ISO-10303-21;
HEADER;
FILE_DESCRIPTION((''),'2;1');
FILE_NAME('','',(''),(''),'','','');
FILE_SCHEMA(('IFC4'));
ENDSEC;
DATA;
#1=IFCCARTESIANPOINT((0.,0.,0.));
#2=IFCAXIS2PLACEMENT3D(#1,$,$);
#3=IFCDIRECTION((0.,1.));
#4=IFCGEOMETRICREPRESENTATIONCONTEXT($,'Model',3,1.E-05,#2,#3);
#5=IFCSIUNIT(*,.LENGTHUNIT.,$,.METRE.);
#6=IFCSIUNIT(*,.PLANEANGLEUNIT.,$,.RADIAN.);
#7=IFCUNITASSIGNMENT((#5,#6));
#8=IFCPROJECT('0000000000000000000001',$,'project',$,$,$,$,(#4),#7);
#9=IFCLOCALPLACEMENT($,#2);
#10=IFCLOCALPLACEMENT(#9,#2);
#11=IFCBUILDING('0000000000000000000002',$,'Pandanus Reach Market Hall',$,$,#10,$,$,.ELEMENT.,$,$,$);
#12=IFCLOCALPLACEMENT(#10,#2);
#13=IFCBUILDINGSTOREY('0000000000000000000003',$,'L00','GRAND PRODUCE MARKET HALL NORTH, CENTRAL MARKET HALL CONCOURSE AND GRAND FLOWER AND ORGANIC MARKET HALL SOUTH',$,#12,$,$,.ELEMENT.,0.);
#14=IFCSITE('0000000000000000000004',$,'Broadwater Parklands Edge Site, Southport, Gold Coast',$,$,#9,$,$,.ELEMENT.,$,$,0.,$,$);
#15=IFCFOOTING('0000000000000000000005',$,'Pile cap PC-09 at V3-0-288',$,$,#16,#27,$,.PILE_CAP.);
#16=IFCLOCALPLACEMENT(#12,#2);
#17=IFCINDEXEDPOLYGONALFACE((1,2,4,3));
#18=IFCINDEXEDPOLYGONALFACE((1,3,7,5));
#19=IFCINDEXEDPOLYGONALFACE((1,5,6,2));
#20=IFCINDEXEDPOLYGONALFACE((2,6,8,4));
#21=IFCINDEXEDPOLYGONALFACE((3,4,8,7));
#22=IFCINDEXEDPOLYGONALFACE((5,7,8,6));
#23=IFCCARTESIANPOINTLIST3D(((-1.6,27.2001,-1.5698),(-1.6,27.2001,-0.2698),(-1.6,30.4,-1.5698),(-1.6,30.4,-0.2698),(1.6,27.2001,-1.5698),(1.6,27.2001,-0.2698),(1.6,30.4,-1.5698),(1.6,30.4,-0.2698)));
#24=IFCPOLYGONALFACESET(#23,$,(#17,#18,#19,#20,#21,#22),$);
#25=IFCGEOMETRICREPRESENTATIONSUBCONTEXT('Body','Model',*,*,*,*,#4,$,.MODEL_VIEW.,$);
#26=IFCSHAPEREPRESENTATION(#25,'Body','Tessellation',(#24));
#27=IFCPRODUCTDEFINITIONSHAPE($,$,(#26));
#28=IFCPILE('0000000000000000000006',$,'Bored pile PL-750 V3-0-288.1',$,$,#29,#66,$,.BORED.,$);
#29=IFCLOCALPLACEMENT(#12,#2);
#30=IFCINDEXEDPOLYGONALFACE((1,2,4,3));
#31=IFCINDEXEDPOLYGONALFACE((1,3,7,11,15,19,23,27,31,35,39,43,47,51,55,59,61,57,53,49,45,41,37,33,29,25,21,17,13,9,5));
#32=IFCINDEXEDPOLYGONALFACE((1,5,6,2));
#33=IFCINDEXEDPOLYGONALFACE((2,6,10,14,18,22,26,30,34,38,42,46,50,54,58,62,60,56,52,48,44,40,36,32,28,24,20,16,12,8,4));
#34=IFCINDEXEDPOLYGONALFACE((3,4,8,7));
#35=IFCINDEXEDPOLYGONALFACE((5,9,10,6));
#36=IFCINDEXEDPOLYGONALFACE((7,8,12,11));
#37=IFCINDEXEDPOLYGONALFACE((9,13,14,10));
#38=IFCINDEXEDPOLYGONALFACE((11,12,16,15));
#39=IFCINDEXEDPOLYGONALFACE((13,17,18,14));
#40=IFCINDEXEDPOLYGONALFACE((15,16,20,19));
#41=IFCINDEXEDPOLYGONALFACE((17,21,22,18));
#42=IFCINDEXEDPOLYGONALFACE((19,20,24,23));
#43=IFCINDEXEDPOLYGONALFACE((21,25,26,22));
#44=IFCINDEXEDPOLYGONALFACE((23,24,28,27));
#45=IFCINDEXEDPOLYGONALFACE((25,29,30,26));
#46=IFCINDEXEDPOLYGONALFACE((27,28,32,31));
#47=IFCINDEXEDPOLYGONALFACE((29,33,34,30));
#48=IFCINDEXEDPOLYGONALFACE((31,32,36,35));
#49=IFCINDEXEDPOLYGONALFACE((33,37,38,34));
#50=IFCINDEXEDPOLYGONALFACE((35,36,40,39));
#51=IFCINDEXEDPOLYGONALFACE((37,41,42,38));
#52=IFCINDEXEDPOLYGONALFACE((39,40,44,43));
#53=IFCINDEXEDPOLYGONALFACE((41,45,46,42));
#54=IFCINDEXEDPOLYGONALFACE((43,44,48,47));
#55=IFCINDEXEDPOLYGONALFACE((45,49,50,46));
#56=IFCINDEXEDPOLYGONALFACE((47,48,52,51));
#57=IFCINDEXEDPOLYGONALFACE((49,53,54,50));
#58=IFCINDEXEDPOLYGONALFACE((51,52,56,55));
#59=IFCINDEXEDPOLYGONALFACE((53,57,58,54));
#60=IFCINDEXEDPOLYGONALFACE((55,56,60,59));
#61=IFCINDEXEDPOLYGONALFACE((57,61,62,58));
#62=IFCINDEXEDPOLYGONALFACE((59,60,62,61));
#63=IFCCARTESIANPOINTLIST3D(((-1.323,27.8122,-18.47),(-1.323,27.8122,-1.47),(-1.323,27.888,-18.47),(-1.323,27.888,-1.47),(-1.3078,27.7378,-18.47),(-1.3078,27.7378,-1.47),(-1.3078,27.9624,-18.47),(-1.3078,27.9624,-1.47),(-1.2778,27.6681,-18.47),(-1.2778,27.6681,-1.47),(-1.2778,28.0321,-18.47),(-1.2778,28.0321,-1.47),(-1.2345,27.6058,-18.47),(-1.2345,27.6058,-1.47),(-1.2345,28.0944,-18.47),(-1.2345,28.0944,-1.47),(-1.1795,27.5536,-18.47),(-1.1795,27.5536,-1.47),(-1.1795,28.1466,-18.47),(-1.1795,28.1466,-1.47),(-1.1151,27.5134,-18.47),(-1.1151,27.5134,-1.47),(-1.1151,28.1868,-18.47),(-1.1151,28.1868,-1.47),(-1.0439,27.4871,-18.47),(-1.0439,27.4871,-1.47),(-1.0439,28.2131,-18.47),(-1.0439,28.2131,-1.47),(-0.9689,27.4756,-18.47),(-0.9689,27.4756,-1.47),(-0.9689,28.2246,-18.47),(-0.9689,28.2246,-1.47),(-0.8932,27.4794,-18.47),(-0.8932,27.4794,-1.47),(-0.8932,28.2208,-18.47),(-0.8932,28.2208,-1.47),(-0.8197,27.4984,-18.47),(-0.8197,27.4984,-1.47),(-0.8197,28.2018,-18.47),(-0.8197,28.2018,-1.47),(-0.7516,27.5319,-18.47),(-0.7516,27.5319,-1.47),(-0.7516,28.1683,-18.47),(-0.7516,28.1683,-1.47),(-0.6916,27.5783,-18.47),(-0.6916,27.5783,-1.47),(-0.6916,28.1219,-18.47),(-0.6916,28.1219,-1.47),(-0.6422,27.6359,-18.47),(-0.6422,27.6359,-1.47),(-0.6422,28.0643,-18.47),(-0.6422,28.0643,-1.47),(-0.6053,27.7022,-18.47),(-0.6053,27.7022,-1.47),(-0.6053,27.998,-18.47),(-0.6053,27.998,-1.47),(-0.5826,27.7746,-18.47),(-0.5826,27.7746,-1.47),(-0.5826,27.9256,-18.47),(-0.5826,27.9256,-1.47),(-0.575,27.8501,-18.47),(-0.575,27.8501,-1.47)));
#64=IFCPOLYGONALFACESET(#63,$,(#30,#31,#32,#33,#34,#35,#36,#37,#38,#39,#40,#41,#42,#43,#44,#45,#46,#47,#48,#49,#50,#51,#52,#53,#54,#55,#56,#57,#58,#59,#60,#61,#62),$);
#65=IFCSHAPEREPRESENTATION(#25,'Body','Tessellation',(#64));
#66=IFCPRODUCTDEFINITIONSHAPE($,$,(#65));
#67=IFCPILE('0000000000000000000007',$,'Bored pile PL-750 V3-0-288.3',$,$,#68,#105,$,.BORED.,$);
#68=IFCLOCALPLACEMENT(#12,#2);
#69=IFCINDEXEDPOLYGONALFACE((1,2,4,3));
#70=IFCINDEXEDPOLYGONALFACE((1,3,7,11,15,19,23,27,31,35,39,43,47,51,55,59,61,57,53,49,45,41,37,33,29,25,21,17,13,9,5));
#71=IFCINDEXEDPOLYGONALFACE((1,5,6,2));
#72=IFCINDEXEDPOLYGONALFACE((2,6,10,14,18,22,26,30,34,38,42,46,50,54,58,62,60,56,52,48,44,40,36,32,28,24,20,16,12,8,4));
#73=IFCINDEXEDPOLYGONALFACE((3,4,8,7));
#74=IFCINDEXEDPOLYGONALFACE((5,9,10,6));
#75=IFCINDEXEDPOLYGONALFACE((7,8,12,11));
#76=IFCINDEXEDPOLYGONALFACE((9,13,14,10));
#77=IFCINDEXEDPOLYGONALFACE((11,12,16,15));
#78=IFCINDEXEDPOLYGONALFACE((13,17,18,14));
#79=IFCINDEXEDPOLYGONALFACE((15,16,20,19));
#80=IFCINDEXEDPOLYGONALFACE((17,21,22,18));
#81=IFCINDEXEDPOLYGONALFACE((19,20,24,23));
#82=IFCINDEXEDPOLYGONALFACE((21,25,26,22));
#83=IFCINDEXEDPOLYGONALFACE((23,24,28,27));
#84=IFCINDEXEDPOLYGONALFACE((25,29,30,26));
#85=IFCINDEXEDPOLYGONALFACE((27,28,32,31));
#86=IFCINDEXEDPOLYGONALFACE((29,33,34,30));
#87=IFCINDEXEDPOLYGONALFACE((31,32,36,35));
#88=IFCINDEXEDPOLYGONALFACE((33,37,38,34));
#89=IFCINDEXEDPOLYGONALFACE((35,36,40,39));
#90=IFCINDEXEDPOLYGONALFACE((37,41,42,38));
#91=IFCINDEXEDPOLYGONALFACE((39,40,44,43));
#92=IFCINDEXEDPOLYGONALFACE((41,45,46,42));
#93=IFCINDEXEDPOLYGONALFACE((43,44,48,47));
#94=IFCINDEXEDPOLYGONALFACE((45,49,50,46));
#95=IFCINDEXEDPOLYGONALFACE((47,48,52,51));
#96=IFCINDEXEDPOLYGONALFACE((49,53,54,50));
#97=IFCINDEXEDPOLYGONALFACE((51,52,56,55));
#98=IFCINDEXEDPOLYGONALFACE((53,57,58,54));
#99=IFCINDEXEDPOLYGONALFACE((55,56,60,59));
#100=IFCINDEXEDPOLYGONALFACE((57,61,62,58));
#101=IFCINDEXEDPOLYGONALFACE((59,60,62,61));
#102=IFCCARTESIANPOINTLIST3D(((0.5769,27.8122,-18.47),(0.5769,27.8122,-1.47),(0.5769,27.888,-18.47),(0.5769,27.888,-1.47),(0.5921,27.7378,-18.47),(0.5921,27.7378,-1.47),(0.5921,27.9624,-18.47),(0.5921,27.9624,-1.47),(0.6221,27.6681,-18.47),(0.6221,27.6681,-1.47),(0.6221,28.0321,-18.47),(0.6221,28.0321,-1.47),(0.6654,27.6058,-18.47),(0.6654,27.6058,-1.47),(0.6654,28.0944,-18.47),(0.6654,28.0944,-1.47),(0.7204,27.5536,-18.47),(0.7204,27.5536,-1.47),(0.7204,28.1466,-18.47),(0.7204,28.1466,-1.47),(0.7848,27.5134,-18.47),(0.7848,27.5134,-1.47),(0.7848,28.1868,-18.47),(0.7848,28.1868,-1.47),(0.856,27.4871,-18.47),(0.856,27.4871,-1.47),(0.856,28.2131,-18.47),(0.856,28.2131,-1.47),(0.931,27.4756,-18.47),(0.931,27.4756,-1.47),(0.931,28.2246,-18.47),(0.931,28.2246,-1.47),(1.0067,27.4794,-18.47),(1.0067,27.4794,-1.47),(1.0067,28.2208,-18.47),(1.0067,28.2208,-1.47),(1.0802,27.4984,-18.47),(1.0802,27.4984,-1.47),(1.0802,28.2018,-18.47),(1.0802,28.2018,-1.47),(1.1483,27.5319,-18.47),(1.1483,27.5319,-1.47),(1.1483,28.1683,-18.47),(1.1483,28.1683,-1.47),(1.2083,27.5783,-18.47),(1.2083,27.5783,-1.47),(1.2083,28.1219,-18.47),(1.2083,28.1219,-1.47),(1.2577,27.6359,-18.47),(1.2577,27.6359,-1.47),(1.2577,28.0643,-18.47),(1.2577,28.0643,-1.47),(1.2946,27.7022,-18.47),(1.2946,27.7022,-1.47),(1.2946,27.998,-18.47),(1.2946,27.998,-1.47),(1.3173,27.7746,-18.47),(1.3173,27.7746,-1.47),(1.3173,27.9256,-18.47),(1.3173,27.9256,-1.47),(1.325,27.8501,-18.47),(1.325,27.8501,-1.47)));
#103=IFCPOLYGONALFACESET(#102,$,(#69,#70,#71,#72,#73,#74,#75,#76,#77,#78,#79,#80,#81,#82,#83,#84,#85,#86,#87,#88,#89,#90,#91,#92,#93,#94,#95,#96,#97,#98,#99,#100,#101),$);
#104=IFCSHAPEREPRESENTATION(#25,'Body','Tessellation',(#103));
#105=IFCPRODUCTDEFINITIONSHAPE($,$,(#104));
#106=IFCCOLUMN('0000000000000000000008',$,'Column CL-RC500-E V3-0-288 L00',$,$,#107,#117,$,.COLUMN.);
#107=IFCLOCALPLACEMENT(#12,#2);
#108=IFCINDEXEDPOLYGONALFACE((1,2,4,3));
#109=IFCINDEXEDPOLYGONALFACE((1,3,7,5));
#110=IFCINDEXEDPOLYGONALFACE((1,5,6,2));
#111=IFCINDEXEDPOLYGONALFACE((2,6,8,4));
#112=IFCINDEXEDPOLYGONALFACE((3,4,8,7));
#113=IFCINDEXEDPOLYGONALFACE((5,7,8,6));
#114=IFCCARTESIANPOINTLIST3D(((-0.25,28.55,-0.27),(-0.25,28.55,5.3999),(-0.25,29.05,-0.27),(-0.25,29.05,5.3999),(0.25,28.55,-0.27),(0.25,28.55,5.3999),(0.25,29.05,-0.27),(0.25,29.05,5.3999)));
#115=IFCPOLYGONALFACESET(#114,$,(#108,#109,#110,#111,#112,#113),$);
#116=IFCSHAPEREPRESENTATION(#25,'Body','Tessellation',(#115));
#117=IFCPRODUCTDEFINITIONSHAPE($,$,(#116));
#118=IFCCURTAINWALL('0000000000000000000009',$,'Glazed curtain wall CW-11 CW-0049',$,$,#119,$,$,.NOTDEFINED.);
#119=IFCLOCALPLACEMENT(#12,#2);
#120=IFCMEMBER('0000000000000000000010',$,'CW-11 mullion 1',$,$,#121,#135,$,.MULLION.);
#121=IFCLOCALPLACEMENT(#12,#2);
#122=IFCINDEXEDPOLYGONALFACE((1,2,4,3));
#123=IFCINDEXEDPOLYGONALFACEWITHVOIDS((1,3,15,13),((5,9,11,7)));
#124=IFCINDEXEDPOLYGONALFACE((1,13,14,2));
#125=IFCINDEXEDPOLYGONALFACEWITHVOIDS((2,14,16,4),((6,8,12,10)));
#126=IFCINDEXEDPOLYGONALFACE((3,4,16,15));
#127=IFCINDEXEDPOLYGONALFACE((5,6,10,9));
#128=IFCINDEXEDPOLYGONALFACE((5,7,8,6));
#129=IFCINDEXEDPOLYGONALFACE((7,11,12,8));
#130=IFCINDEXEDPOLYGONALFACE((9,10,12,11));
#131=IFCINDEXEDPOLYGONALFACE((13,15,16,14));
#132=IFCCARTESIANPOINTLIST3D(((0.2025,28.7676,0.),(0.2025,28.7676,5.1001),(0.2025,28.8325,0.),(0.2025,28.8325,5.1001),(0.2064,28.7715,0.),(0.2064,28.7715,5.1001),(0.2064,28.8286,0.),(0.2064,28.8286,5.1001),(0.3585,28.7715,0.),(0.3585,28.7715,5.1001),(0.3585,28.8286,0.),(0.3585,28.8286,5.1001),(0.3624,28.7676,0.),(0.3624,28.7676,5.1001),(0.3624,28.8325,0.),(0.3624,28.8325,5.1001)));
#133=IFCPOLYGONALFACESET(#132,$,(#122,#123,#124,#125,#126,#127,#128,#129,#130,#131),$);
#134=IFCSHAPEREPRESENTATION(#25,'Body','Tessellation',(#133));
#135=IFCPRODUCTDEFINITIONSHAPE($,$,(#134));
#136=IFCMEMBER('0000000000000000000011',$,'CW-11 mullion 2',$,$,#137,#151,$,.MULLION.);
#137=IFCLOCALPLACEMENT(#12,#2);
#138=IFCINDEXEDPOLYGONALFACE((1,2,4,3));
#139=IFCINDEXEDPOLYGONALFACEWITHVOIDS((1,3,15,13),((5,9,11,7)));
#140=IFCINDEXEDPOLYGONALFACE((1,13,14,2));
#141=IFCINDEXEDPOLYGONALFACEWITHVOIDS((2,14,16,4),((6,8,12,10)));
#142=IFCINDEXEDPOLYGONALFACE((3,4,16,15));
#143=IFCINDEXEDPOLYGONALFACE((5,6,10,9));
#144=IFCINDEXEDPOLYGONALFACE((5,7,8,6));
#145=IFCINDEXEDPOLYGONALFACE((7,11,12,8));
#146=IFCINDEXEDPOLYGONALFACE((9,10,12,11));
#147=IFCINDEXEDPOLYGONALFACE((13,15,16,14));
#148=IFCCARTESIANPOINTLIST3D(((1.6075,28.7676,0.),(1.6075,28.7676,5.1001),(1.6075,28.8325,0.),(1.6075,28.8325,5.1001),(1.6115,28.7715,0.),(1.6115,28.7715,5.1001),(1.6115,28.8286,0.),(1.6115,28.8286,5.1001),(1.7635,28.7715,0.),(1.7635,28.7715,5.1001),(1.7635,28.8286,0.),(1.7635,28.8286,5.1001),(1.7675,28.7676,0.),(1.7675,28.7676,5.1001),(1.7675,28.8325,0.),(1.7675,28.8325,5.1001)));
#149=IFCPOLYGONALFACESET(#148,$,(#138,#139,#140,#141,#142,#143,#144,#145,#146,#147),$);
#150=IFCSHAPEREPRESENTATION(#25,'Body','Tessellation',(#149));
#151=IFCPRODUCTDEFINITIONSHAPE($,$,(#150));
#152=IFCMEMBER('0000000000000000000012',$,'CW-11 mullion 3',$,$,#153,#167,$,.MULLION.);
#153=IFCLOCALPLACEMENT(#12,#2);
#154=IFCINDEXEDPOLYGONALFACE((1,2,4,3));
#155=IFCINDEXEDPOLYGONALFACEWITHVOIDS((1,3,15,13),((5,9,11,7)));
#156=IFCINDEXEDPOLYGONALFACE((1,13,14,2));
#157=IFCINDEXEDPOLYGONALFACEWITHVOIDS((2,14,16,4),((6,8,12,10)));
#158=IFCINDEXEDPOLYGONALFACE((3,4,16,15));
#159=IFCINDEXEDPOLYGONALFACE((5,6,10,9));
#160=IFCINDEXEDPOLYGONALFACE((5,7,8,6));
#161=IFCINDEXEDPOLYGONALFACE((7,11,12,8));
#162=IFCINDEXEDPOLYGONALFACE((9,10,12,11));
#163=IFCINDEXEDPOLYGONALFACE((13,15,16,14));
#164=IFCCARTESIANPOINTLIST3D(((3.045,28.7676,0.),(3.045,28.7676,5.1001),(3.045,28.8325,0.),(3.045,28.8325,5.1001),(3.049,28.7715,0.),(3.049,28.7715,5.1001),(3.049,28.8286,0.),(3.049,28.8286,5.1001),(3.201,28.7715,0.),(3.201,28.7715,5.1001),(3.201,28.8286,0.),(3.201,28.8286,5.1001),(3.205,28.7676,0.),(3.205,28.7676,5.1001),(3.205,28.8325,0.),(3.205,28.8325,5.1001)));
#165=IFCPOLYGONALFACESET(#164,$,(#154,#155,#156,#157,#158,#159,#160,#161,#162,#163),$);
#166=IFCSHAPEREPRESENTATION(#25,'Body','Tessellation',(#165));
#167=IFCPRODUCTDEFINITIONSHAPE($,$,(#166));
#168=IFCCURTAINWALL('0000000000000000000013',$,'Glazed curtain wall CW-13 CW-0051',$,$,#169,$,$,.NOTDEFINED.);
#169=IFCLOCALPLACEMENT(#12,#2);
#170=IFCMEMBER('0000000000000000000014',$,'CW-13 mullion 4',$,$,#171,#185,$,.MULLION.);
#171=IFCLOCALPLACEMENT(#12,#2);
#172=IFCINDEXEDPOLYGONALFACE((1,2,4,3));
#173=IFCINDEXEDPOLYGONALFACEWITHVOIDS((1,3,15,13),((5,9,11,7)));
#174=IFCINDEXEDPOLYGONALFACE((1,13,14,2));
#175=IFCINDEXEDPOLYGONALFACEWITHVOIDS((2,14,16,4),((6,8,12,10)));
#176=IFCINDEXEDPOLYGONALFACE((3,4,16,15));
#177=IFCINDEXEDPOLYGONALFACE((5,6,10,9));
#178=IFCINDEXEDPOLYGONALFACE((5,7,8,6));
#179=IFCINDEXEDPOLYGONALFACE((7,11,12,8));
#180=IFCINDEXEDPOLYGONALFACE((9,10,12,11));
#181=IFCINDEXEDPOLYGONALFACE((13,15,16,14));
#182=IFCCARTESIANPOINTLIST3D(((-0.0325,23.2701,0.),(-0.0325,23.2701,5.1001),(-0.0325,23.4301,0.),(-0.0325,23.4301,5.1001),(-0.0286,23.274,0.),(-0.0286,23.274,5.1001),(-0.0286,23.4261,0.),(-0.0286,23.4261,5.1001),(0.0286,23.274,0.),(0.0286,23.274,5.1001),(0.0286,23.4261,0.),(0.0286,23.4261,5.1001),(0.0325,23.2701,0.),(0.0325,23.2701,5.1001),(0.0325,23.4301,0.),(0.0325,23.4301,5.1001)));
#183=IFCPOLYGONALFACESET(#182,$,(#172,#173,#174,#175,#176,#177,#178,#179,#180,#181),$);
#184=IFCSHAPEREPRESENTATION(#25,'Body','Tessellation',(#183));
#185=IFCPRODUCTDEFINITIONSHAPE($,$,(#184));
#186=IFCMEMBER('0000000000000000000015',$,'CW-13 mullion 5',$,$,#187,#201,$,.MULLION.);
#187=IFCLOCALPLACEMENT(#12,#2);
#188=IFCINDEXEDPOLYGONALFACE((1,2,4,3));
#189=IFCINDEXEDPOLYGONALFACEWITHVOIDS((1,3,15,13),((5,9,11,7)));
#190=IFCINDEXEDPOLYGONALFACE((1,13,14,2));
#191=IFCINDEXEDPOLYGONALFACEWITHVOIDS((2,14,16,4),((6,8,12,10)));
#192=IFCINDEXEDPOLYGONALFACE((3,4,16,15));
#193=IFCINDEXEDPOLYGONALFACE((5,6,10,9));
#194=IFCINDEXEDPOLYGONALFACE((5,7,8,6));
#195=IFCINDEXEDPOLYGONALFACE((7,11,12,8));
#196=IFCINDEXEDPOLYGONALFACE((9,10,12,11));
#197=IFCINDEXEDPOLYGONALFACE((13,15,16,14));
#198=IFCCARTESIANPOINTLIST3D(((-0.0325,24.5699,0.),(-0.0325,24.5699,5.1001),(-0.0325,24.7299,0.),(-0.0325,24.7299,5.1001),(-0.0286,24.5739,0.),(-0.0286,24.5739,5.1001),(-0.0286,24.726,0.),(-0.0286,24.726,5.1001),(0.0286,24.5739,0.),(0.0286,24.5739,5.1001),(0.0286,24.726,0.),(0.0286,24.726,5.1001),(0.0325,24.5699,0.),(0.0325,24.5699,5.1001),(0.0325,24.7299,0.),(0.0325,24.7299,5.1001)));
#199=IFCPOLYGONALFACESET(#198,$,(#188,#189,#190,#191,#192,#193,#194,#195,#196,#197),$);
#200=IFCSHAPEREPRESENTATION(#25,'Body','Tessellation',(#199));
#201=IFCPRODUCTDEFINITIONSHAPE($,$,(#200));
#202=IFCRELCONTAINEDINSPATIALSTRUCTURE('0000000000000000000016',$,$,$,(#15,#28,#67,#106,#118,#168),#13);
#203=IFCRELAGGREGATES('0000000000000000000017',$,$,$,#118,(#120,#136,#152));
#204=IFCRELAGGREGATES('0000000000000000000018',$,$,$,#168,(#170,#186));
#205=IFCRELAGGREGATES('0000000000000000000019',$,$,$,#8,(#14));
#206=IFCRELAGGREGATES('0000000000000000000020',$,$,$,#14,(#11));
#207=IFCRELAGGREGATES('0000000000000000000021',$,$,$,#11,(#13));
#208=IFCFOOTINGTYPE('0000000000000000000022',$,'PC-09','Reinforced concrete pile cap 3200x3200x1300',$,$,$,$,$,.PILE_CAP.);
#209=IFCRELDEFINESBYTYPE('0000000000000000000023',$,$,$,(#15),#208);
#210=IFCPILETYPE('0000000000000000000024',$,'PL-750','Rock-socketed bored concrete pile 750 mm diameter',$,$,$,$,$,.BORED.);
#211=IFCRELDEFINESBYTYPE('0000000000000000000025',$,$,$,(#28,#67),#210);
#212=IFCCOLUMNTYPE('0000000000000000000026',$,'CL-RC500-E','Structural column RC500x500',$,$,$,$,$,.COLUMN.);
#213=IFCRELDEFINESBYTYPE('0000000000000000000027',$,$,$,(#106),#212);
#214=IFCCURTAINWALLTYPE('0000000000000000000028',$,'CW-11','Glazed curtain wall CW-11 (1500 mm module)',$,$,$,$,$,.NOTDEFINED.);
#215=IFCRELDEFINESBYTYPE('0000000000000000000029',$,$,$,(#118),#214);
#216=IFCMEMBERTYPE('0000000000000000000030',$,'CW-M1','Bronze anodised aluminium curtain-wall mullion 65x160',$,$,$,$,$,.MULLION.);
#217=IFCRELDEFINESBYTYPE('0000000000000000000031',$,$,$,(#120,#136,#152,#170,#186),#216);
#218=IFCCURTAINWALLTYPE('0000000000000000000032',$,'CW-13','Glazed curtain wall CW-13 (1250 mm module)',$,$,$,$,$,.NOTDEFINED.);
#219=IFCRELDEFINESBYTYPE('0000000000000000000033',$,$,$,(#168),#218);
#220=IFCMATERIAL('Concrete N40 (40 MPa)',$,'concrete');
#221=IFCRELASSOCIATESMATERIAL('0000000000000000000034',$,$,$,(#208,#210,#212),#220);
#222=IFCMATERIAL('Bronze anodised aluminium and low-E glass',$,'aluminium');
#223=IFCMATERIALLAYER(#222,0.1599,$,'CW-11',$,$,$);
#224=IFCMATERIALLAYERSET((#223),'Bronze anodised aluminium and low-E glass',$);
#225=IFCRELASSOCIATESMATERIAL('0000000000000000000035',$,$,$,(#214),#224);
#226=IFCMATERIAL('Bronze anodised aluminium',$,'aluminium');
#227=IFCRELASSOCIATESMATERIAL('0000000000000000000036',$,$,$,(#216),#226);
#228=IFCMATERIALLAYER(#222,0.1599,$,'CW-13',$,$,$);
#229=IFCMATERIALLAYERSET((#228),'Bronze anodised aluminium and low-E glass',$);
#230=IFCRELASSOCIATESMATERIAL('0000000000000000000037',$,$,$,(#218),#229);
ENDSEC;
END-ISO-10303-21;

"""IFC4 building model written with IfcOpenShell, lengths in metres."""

from ifc_helpers import new_model, si_unit, direction, frame, origin, origin_2d, place, context, subcontext, project, spatial, rectangle, hollow_rectangle, circle, extrude, material, layer, layer_set, material_profile, profile_set, type_object, element, aggregate, save


model = new_model("IFC4")

# Units and contexts
model_context = context("Model", 3, precision=1e-05, world=origin(), true_north=direction((0.0, 1.0)))
body_context = subcontext(model_context, "Body", "Model", "MODEL_VIEW")
ifc_project = project(units=[si_unit("LENGTHUNIT", "METRE"), si_unit("PLANEANGLEUNIT", "RADIAN")], contexts=[model_context])

# Site, building, storey
site_placement = place(None, origin())
site = spatial("IfcSite", under=ifc_project, at=site_placement, Name="Broadwater Parklands Edge Site, Southport, Gold Coast", CompositionType="ELEMENT", RefElevation=0.0)
building_placement = place(site_placement, origin())
building = spatial("IfcBuilding", under=site, at=building_placement, Name="Pandanus Reach Market Hall", CompositionType="ELEMENT")
storey_placement = place(building_placement, origin())
storey = spatial("IfcBuildingStorey", under=building, at=storey_placement, Name="L00", Description="GRAND PRODUCE MARKET HALL NORTH, CENTRAL MARKET HALL CONCOURSE AND GRAND FLOWER AND ORGANIC MARKET HALL SOUTH", CompositionType="ELEMENT", Elevation=0.0)

# Footing
ifc_material_1 = material(Name="Concrete N40 (40 MPa)", Category="concrete")
footing_type = type_object("IfcFootingType", Name="PC-09", Description="Reinforced concrete pile cap 3200x3200x1300", PredefinedType="PILE_CAP", material=ifc_material_1)
footing_placement = place(storey_placement, frame((0.0, 28.8, -1.5698), z_axis=(0.0, 0.0, 1.0), x_axis=(1.0, 0.0, 0.0)))
element("IfcFooting", 1, at=footing_placement, inside=storey, type_object=footing_type, Name="Pile cap PC-09 at V3-0-288", PredefinedType="PILE_CAP", context=body_context, shape_type="SweptSolid", body=[
    extrude(rectangle(XDim=3.2, YDim=3.2, at=origin_2d()), origin(), (0.0, 0.0, 1.0), 1.3),
])

# Piles
ifc_material_profile_1 = material_profile(ifc_material_1, circle(Radius=0.375, at=origin_2d()), Name="PILE-750D", Category="LoadBearing")
ifc_profile_set_1 = profile_set([ifc_material_profile_1], Name="Concrete N40 (40 MPa)")
pile_type = type_object("IfcPileType", Name="PL-750", Description="Rock-socketed bored concrete pile 750 mm diameter", PredefinedType="BORED", material=ifc_profile_set_1)
for number, where, z_axis, x_axis, name in (
    (2, (-0.95, 27.8501, -1.47), (0.0, 0.0, -1.0), (1.0, 0.0, 0.0), "Bored pile PL-750 V3-0-288.1"),
    (3, (0.95, 27.8501, -1.47), (0.0, 0.0, -1.0), (1.0, 0.0, 0.0), "Bored pile PL-750 V3-0-288.3"),
):
    element("IfcPile", number, at=place(storey_placement, frame(where, z_axis=z_axis, x_axis=x_axis)), inside=storey, type_object=pile_type, Name=name, PredefinedType="BORED", context=body_context, shape_type="SweptSolid", body=[
        extrude(circle(Radius=0.375, at=origin_2d()), origin(), (0.0, 0.0, 1.0), 17.0),
    ])

# Column
ifc_material_profile_2 = material_profile(ifc_material_1, rectangle(XDim=0.5, YDim=0.5, at=origin_2d()), Name="RC500x500", Category="LoadBearing")
ifc_profile_set_2 = profile_set([ifc_material_profile_2], Name="Concrete N40 (40 MPa)")
column_type = type_object("IfcColumnType", Name="CL-RC500-E", Description="Structural column RC500x500", PredefinedType="COLUMN", material=ifc_profile_set_2)
column_placement = place(storey_placement, frame((0.0, 28.8, -0.27), z_axis=(0.0, 0.0, 1.0), x_axis=(1.0, 0.0, 0.0)))
element("IfcColumn", 4, at=column_placement, inside=storey, type_object=column_type, Name="Column CL-RC500-E V3-0-288 L00", PredefinedType="COLUMN", context=body_context, shape_type="SweptSolid", body=[
    extrude(rectangle(XDim=0.5, YDim=0.5, at=origin_2d()), origin(), (0.0, 0.0, 1.0), 5.6699),
])

# Curtain walls, members
ifc_material_2 = material(Name="Bronze anodised aluminium and low-E glass", Category="aluminium")
ifc_layer_1 = layer(ifc_material_2, 0.1599, Name="CW-11")
ifc_layer_set_1 = layer_set([ifc_layer_1], Name="Bronze anodised aluminium and low-E glass")
curtain_wall_type_1 = type_object("IfcCurtainWallType", Name="CW-11", Description="Glazed curtain wall CW-11 (1500 mm module)", PredefinedType="NOTDEFINED", material=ifc_layer_set_1)
curtain_wall_1_placement = place(storey_placement, origin())
curtain_wall_1 = element("IfcCurtainWall", 5, at=curtain_wall_1_placement, inside=storey, type_object=curtain_wall_type_1, Name="Glazed curtain wall CW-11 CW-0049", PredefinedType="NOTDEFINED")
ifc_material_3 = material(Name="Bronze anodised aluminium", Category="aluminium")
ifc_material_profile_3 = material_profile(ifc_material_3, hollow_rectangle(XDim=0.0649, YDim=0.1599, WallThickness=0.0039, at=origin_2d()), Name="ALU65x160", Category="LoadBearing")
ifc_profile_set_3 = profile_set([ifc_material_profile_3], Name="Bronze anodised aluminium")
member_type_1 = type_object("IfcMemberType", Name="CW-M1", Description="Bronze anodised aluminium curtain-wall mullion 65x160", PredefinedType="MULLION", material=ifc_profile_set_3)
member_1_placement = place(storey_placement, frame((0.2825, 28.8, 0.0), z_axis=(0.0, 0.0, 1.0), x_axis=(0.0, 1.0, 0.0)))
member_1 = element("IfcMember", 6, at=member_1_placement, type_object=member_type_1, Name="CW-11 mullion 1", PredefinedType="MULLION", context=body_context, shape_type="SweptSolid", body=[
    extrude(hollow_rectangle(XDim=0.0649, YDim=0.1599, WallThickness=0.0039, at=origin_2d()), origin(), (0.0, 0.0, 1.0), 5.1001),
])
member_2_placement = place(storey_placement, frame((1.6875, 28.8, 0.0), z_axis=(0.0, 0.0, 1.0), x_axis=(0.0, 1.0, 0.0)))
member_2 = element("IfcMember", 7, at=member_2_placement, type_object=member_type_1, Name="CW-11 mullion 2", PredefinedType="MULLION", context=body_context, shape_type="SweptSolid", body=[
    extrude(hollow_rectangle(XDim=0.0649, YDim=0.1599, WallThickness=0.0039, at=origin_2d()), origin(), (0.0, 0.0, 1.0), 5.1001),
])
member_3_placement = place(storey_placement, frame((3.125, 28.8, 0.0), z_axis=(0.0, 0.0, 1.0), x_axis=(0.0, 1.0, 0.0)))
member_3 = element("IfcMember", 8, at=member_3_placement, type_object=member_type_1, Name="CW-11 mullion 3", PredefinedType="MULLION", context=body_context, shape_type="SweptSolid", body=[
    extrude(hollow_rectangle(XDim=0.0649, YDim=0.1599, WallThickness=0.0039, at=origin_2d()), origin(), (0.0, 0.0, 1.0), 5.1001),
])
ifc_layer_2 = layer(ifc_material_2, 0.1599, Name="CW-13")
ifc_layer_set_2 = layer_set([ifc_layer_2], Name="Bronze anodised aluminium and low-E glass")
curtain_wall_type_2 = type_object("IfcCurtainWallType", Name="CW-13", Description="Glazed curtain wall CW-13 (1250 mm module)", PredefinedType="NOTDEFINED", material=ifc_layer_set_2)
curtain_wall_2_placement = place(storey_placement, origin())
curtain_wall_2 = element("IfcCurtainWall", 9, at=curtain_wall_2_placement, inside=storey, type_object=curtain_wall_type_2, Name="Glazed curtain wall CW-13 CW-0051", PredefinedType="NOTDEFINED")
member_4_placement = place(storey_placement, frame((0.0, 23.3501, 0.0), z_axis=(0.0, 0.0, 1.0), x_axis=(-1.0, 0.0, 0.0)))
member_4 = element("IfcMember", 10, at=member_4_placement, type_object=member_type_1, Name="CW-13 mullion 4", PredefinedType="MULLION", context=body_context, shape_type="SweptSolid", body=[
    extrude(hollow_rectangle(XDim=0.0649, YDim=0.1599, WallThickness=0.0039, at=origin_2d()), origin(), (0.0, 0.0, 1.0), 5.1001),
])
member_5_placement = place(storey_placement, frame((0.0, 24.6499, 0.0), z_axis=(0.0, 0.0, 1.0), x_axis=(-1.0, 0.0, 0.0)))
member_5 = element("IfcMember", 11, at=member_5_placement, type_object=member_type_1, Name="CW-13 mullion 5", PredefinedType="MULLION", context=body_context, shape_type="SweptSolid", body=[
    extrude(hollow_rectangle(XDim=0.0649, YDim=0.1599, WallThickness=0.0039, at=origin_2d()), origin(), (0.0, 0.0, 1.0), 5.1001),
])

aggregate(curtain_wall_1, [member_1, member_2, member_3])
aggregate(curtain_wall_2, [member_4, member_5])

save(model, "model.ifc")
